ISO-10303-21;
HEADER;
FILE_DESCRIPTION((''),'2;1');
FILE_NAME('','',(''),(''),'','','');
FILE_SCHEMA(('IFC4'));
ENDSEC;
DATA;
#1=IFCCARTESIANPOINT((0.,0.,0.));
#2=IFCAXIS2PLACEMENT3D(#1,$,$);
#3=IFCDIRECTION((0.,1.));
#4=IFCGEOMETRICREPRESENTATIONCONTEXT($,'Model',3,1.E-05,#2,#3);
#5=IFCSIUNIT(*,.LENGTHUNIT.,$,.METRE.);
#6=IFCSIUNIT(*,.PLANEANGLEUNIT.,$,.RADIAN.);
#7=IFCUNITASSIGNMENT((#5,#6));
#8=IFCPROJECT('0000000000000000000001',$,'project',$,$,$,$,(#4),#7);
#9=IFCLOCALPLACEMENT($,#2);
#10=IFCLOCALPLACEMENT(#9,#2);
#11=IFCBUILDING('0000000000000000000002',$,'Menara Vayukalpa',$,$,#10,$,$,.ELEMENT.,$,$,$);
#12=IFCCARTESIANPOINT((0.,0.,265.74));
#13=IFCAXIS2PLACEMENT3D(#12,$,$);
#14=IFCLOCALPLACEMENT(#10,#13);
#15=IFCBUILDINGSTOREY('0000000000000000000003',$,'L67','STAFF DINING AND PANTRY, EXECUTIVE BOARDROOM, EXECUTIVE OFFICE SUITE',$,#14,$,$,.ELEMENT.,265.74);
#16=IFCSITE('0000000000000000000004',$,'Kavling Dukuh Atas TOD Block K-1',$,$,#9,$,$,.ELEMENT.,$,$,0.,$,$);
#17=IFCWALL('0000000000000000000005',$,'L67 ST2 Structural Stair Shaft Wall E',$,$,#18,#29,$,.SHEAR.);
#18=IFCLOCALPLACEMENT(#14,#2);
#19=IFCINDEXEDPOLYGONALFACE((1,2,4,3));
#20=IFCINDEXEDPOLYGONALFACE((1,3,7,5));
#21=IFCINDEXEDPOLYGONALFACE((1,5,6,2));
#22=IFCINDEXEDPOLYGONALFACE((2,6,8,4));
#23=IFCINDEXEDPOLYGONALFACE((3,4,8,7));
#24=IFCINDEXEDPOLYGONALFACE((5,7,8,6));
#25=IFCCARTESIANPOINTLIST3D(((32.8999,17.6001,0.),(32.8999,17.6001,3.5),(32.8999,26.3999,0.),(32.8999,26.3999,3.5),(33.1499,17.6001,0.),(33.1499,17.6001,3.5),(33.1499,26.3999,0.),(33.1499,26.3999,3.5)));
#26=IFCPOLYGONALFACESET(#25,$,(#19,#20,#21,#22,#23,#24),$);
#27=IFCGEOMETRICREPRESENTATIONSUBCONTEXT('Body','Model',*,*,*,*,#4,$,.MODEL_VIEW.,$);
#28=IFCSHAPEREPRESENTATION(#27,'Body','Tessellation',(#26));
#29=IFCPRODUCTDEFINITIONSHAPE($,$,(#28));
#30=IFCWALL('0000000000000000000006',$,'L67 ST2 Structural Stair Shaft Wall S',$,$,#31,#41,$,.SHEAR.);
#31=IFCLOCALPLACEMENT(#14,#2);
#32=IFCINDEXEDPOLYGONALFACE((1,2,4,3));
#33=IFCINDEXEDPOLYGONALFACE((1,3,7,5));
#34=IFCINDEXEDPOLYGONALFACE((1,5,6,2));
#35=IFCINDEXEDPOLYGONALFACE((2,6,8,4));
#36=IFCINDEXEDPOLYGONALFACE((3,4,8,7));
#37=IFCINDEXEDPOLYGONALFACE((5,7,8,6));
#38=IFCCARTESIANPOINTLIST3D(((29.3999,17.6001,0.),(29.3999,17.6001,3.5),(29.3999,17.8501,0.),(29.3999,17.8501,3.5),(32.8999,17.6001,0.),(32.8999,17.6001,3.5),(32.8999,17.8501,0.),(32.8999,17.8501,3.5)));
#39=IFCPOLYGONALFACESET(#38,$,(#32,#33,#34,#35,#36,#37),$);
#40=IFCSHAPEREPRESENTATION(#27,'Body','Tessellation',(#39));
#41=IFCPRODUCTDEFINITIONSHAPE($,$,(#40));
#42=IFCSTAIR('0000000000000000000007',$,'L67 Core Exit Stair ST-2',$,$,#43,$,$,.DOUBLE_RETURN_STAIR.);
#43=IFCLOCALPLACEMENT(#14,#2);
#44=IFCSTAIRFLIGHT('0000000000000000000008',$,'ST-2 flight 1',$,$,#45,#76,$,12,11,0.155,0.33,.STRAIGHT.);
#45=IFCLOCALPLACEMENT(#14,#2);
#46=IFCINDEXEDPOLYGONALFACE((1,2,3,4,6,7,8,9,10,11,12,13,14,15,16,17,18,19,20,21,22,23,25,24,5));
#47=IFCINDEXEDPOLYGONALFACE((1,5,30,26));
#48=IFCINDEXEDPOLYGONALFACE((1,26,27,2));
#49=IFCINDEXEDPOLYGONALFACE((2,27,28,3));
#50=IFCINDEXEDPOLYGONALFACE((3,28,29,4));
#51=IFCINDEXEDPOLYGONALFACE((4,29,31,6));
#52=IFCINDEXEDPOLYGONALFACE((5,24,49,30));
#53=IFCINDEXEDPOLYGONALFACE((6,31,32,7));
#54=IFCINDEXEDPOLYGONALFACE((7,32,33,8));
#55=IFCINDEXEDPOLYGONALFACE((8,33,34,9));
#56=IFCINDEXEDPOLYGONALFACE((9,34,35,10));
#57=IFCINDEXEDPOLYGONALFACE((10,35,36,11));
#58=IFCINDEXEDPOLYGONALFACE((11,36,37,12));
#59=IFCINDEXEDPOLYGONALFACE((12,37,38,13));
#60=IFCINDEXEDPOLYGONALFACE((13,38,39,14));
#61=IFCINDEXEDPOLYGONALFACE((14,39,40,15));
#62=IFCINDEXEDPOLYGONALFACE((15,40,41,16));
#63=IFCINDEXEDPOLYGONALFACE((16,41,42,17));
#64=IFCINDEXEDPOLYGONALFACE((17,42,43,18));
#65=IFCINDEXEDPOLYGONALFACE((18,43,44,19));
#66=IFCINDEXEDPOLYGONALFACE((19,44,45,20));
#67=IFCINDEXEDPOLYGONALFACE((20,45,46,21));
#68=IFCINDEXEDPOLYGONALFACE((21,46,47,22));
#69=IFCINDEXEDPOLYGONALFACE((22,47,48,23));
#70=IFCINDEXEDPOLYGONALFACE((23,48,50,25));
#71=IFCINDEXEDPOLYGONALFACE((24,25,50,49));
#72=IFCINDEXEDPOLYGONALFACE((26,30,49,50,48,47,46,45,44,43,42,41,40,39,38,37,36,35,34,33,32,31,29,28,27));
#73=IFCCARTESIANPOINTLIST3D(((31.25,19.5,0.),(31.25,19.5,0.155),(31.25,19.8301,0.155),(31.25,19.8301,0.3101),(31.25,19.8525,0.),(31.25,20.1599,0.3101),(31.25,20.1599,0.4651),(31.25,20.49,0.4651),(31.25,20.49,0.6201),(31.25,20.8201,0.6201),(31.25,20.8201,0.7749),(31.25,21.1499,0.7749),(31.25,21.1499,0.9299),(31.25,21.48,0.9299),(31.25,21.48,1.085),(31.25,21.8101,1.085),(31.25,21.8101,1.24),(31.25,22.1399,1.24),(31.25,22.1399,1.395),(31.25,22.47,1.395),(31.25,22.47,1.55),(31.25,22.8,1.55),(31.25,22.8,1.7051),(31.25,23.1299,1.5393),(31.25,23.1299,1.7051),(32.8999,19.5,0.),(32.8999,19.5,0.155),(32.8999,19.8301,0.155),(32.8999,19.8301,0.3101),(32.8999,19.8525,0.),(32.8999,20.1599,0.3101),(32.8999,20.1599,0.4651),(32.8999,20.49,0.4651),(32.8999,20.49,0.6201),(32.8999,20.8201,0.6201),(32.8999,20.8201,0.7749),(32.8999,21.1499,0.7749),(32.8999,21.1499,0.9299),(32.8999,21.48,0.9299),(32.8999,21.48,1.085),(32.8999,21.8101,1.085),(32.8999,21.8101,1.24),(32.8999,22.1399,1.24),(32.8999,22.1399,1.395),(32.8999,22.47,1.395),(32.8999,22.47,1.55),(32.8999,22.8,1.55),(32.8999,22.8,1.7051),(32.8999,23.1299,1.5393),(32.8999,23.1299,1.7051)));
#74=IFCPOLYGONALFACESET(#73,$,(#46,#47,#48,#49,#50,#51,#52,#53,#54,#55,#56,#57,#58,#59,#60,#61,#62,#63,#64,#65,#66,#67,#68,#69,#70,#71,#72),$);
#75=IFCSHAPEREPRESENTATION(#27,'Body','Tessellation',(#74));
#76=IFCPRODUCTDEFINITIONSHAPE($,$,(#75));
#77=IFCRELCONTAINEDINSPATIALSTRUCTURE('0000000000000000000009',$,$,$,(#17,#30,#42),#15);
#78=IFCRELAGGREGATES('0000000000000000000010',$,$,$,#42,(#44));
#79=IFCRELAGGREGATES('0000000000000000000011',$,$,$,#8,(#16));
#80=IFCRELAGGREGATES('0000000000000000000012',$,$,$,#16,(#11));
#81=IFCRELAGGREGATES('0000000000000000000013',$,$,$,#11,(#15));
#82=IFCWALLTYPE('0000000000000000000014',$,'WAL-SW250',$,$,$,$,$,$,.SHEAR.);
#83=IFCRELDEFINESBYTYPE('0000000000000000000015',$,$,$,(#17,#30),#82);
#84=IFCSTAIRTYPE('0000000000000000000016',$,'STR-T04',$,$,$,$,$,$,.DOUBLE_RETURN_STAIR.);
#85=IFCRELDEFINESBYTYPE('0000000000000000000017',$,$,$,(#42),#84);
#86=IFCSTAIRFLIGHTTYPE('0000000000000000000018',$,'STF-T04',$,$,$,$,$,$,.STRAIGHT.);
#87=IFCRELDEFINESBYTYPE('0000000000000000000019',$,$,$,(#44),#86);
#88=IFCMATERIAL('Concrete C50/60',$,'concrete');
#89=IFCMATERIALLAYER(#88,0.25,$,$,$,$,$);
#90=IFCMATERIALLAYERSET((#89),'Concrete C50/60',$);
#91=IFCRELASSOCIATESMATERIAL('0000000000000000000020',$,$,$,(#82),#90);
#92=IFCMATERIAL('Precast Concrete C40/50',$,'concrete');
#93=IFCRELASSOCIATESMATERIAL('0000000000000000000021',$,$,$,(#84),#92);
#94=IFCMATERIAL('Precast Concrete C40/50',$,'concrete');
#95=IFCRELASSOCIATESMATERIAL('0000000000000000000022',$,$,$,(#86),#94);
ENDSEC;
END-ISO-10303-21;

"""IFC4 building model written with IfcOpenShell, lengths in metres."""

from ifc_helpers import new_model, si_unit, direction, frame, frame_2d, origin, place, context, subcontext, project, spatial, polyline, rectangle, outline, extrude, material, layer, layer_set, type_object, element, aggregate, save


model = new_model("IFC4")

# Units and contexts
model_context = context("Model", 3, precision=1e-05, world=origin(), true_north=direction((0.0, 1.0)))
body_context = subcontext(model_context, "Body", "Model", "MODEL_VIEW")
ifc_project = project(units=[si_unit("LENGTHUNIT", "METRE"), si_unit("PLANEANGLEUNIT", "RADIAN")], contexts=[model_context])

# Site, building, storey
site_placement = place(None, origin())
site = spatial("IfcSite", under=ifc_project, at=site_placement, Name="Kavling Dukuh Atas TOD Block K-1", CompositionType="ELEMENT", RefElevation=0.0)
building_placement = place(site_placement, origin())
building = spatial("IfcBuilding", under=site, at=building_placement, Name="Menara Vayukalpa", CompositionType="ELEMENT")
storey_placement = place(building_placement, frame((0.0, 0.0, 265.74)))
storey = spatial("IfcBuildingStorey", under=building, at=storey_placement, Name="L67", Description="STAFF DINING AND PANTRY, EXECUTIVE BOARDROOM, EXECUTIVE OFFICE SUITE", CompositionType="ELEMENT", Elevation=265.74)

# Walls
ifc_material_1 = material(Name="Concrete C50/60", Category="concrete")
ifc_layer_1 = layer(ifc_material_1, 0.25)
ifc_layer_set_1 = layer_set([ifc_layer_1], Name="Concrete C50/60")
wall_type_1 = type_object("IfcWallType", Name="WAL-SW250", PredefinedType="SHEAR", material=ifc_layer_set_1)
wall_1_placement = place(storey_placement, frame((33.0249, 17.6001, 0.0), z_axis=(0.0, 0.0, 1.0), x_axis=(0.0, 1.0, 0.0)))
element("IfcWall", 1, at=wall_1_placement, inside=storey, type_object=wall_type_1, Name="L67 ST2 Structural Stair Shaft Wall E", PredefinedType="SHEAR", context=body_context, shape_type="SweptSolid", body=[
    extrude(rectangle(XDim=8.7998, YDim=0.25, at=frame_2d((4.3999, 0.0))), origin(), (0.0, 0.0, 1.0), 3.5),
])
wall_2_placement = place(storey_placement, frame((29.3999, 17.7251, 0.0), z_axis=(0.0, 0.0, 1.0), x_axis=(1.0, 0.0, 0.0)))
element("IfcWall", 2, at=wall_2_placement, inside=storey, type_object=wall_type_1, Name="L67 ST2 Structural Stair Shaft Wall S", PredefinedType="SHEAR", context=body_context, shape_type="SweptSolid", body=[
    extrude(rectangle(XDim=3.5, YDim=0.25, at=frame_2d((1.75, 0.0))), origin(), (0.0, 0.0, 1.0), 3.5),
])

# Stair, stair flight
ifc_material_2 = material(Name="Precast Concrete C40/50", Category="concrete")
stair_type = type_object("IfcStairType", Name="STR-T04", PredefinedType="DOUBLE_RETURN_STAIR", material=ifc_material_2)
stair_placement = place(storey_placement, origin())
stair = element("IfcStair", 3, at=stair_placement, inside=storey, type_object=stair_type, Name="L67 Core Exit Stair ST-2", PredefinedType="DOUBLE_RETURN_STAIR")
ifc_material_3 = material(Name="Precast Concrete C40/50", Category="concrete")
stair_flight_type = type_object("IfcStairFlightType", Name="STF-T04", PredefinedType="STRAIGHT", material=ifc_material_3)
stair_flight_placement = place(storey_placement, frame((32.075, 19.5, 0.0), z_axis=(0.0, 0.0, 1.0), x_axis=(0.0, 1.0, 0.0)))
stair_flight = element("IfcStairFlight", 4, at=stair_flight_placement, type_object=stair_flight_type, Name="ST-2 flight 1", NumberOfRisers=12, NumberOfTreads=11, PredefinedType="STRAIGHT", RiserHeight=0.155, TreadLength=0.33, context=body_context, shape_type="SweptSolid", body=[
    extrude(outline(polyline([(0.0, 0.0), (0.0, 0.155), (0.3301, 0.155), (0.3301, 0.3101), (0.6599, 0.3101), (0.6599, 0.4651), (0.99, 0.4651), (0.99, 0.6201), (1.3201, 0.6201), (1.3201, 0.7749), (1.6499, 0.7749), (1.6499, 0.9299), (1.98, 0.9299), (1.98, 1.085), (2.3101, 1.085), (2.3101, 1.24), (2.6399, 1.24), (2.6399, 1.395), (2.97, 1.395), (2.97, 1.55), (3.3, 1.55), (3.3, 1.7051), (3.6299, 1.7051), (3.6299, 1.8601), (3.6299, 1.5393), (0.3525, 0.0), (0.0, 0.0)])), frame((0.0, 0.825, 0.0), z_axis=(0.0, -1.0, 0.0), x_axis=(1.0, 0.0, 0.0)), (0.0, 0.0, 1.0), 1.6499),
])
aggregate(stair, [stair_flight])

save(model, "model.ifc")
